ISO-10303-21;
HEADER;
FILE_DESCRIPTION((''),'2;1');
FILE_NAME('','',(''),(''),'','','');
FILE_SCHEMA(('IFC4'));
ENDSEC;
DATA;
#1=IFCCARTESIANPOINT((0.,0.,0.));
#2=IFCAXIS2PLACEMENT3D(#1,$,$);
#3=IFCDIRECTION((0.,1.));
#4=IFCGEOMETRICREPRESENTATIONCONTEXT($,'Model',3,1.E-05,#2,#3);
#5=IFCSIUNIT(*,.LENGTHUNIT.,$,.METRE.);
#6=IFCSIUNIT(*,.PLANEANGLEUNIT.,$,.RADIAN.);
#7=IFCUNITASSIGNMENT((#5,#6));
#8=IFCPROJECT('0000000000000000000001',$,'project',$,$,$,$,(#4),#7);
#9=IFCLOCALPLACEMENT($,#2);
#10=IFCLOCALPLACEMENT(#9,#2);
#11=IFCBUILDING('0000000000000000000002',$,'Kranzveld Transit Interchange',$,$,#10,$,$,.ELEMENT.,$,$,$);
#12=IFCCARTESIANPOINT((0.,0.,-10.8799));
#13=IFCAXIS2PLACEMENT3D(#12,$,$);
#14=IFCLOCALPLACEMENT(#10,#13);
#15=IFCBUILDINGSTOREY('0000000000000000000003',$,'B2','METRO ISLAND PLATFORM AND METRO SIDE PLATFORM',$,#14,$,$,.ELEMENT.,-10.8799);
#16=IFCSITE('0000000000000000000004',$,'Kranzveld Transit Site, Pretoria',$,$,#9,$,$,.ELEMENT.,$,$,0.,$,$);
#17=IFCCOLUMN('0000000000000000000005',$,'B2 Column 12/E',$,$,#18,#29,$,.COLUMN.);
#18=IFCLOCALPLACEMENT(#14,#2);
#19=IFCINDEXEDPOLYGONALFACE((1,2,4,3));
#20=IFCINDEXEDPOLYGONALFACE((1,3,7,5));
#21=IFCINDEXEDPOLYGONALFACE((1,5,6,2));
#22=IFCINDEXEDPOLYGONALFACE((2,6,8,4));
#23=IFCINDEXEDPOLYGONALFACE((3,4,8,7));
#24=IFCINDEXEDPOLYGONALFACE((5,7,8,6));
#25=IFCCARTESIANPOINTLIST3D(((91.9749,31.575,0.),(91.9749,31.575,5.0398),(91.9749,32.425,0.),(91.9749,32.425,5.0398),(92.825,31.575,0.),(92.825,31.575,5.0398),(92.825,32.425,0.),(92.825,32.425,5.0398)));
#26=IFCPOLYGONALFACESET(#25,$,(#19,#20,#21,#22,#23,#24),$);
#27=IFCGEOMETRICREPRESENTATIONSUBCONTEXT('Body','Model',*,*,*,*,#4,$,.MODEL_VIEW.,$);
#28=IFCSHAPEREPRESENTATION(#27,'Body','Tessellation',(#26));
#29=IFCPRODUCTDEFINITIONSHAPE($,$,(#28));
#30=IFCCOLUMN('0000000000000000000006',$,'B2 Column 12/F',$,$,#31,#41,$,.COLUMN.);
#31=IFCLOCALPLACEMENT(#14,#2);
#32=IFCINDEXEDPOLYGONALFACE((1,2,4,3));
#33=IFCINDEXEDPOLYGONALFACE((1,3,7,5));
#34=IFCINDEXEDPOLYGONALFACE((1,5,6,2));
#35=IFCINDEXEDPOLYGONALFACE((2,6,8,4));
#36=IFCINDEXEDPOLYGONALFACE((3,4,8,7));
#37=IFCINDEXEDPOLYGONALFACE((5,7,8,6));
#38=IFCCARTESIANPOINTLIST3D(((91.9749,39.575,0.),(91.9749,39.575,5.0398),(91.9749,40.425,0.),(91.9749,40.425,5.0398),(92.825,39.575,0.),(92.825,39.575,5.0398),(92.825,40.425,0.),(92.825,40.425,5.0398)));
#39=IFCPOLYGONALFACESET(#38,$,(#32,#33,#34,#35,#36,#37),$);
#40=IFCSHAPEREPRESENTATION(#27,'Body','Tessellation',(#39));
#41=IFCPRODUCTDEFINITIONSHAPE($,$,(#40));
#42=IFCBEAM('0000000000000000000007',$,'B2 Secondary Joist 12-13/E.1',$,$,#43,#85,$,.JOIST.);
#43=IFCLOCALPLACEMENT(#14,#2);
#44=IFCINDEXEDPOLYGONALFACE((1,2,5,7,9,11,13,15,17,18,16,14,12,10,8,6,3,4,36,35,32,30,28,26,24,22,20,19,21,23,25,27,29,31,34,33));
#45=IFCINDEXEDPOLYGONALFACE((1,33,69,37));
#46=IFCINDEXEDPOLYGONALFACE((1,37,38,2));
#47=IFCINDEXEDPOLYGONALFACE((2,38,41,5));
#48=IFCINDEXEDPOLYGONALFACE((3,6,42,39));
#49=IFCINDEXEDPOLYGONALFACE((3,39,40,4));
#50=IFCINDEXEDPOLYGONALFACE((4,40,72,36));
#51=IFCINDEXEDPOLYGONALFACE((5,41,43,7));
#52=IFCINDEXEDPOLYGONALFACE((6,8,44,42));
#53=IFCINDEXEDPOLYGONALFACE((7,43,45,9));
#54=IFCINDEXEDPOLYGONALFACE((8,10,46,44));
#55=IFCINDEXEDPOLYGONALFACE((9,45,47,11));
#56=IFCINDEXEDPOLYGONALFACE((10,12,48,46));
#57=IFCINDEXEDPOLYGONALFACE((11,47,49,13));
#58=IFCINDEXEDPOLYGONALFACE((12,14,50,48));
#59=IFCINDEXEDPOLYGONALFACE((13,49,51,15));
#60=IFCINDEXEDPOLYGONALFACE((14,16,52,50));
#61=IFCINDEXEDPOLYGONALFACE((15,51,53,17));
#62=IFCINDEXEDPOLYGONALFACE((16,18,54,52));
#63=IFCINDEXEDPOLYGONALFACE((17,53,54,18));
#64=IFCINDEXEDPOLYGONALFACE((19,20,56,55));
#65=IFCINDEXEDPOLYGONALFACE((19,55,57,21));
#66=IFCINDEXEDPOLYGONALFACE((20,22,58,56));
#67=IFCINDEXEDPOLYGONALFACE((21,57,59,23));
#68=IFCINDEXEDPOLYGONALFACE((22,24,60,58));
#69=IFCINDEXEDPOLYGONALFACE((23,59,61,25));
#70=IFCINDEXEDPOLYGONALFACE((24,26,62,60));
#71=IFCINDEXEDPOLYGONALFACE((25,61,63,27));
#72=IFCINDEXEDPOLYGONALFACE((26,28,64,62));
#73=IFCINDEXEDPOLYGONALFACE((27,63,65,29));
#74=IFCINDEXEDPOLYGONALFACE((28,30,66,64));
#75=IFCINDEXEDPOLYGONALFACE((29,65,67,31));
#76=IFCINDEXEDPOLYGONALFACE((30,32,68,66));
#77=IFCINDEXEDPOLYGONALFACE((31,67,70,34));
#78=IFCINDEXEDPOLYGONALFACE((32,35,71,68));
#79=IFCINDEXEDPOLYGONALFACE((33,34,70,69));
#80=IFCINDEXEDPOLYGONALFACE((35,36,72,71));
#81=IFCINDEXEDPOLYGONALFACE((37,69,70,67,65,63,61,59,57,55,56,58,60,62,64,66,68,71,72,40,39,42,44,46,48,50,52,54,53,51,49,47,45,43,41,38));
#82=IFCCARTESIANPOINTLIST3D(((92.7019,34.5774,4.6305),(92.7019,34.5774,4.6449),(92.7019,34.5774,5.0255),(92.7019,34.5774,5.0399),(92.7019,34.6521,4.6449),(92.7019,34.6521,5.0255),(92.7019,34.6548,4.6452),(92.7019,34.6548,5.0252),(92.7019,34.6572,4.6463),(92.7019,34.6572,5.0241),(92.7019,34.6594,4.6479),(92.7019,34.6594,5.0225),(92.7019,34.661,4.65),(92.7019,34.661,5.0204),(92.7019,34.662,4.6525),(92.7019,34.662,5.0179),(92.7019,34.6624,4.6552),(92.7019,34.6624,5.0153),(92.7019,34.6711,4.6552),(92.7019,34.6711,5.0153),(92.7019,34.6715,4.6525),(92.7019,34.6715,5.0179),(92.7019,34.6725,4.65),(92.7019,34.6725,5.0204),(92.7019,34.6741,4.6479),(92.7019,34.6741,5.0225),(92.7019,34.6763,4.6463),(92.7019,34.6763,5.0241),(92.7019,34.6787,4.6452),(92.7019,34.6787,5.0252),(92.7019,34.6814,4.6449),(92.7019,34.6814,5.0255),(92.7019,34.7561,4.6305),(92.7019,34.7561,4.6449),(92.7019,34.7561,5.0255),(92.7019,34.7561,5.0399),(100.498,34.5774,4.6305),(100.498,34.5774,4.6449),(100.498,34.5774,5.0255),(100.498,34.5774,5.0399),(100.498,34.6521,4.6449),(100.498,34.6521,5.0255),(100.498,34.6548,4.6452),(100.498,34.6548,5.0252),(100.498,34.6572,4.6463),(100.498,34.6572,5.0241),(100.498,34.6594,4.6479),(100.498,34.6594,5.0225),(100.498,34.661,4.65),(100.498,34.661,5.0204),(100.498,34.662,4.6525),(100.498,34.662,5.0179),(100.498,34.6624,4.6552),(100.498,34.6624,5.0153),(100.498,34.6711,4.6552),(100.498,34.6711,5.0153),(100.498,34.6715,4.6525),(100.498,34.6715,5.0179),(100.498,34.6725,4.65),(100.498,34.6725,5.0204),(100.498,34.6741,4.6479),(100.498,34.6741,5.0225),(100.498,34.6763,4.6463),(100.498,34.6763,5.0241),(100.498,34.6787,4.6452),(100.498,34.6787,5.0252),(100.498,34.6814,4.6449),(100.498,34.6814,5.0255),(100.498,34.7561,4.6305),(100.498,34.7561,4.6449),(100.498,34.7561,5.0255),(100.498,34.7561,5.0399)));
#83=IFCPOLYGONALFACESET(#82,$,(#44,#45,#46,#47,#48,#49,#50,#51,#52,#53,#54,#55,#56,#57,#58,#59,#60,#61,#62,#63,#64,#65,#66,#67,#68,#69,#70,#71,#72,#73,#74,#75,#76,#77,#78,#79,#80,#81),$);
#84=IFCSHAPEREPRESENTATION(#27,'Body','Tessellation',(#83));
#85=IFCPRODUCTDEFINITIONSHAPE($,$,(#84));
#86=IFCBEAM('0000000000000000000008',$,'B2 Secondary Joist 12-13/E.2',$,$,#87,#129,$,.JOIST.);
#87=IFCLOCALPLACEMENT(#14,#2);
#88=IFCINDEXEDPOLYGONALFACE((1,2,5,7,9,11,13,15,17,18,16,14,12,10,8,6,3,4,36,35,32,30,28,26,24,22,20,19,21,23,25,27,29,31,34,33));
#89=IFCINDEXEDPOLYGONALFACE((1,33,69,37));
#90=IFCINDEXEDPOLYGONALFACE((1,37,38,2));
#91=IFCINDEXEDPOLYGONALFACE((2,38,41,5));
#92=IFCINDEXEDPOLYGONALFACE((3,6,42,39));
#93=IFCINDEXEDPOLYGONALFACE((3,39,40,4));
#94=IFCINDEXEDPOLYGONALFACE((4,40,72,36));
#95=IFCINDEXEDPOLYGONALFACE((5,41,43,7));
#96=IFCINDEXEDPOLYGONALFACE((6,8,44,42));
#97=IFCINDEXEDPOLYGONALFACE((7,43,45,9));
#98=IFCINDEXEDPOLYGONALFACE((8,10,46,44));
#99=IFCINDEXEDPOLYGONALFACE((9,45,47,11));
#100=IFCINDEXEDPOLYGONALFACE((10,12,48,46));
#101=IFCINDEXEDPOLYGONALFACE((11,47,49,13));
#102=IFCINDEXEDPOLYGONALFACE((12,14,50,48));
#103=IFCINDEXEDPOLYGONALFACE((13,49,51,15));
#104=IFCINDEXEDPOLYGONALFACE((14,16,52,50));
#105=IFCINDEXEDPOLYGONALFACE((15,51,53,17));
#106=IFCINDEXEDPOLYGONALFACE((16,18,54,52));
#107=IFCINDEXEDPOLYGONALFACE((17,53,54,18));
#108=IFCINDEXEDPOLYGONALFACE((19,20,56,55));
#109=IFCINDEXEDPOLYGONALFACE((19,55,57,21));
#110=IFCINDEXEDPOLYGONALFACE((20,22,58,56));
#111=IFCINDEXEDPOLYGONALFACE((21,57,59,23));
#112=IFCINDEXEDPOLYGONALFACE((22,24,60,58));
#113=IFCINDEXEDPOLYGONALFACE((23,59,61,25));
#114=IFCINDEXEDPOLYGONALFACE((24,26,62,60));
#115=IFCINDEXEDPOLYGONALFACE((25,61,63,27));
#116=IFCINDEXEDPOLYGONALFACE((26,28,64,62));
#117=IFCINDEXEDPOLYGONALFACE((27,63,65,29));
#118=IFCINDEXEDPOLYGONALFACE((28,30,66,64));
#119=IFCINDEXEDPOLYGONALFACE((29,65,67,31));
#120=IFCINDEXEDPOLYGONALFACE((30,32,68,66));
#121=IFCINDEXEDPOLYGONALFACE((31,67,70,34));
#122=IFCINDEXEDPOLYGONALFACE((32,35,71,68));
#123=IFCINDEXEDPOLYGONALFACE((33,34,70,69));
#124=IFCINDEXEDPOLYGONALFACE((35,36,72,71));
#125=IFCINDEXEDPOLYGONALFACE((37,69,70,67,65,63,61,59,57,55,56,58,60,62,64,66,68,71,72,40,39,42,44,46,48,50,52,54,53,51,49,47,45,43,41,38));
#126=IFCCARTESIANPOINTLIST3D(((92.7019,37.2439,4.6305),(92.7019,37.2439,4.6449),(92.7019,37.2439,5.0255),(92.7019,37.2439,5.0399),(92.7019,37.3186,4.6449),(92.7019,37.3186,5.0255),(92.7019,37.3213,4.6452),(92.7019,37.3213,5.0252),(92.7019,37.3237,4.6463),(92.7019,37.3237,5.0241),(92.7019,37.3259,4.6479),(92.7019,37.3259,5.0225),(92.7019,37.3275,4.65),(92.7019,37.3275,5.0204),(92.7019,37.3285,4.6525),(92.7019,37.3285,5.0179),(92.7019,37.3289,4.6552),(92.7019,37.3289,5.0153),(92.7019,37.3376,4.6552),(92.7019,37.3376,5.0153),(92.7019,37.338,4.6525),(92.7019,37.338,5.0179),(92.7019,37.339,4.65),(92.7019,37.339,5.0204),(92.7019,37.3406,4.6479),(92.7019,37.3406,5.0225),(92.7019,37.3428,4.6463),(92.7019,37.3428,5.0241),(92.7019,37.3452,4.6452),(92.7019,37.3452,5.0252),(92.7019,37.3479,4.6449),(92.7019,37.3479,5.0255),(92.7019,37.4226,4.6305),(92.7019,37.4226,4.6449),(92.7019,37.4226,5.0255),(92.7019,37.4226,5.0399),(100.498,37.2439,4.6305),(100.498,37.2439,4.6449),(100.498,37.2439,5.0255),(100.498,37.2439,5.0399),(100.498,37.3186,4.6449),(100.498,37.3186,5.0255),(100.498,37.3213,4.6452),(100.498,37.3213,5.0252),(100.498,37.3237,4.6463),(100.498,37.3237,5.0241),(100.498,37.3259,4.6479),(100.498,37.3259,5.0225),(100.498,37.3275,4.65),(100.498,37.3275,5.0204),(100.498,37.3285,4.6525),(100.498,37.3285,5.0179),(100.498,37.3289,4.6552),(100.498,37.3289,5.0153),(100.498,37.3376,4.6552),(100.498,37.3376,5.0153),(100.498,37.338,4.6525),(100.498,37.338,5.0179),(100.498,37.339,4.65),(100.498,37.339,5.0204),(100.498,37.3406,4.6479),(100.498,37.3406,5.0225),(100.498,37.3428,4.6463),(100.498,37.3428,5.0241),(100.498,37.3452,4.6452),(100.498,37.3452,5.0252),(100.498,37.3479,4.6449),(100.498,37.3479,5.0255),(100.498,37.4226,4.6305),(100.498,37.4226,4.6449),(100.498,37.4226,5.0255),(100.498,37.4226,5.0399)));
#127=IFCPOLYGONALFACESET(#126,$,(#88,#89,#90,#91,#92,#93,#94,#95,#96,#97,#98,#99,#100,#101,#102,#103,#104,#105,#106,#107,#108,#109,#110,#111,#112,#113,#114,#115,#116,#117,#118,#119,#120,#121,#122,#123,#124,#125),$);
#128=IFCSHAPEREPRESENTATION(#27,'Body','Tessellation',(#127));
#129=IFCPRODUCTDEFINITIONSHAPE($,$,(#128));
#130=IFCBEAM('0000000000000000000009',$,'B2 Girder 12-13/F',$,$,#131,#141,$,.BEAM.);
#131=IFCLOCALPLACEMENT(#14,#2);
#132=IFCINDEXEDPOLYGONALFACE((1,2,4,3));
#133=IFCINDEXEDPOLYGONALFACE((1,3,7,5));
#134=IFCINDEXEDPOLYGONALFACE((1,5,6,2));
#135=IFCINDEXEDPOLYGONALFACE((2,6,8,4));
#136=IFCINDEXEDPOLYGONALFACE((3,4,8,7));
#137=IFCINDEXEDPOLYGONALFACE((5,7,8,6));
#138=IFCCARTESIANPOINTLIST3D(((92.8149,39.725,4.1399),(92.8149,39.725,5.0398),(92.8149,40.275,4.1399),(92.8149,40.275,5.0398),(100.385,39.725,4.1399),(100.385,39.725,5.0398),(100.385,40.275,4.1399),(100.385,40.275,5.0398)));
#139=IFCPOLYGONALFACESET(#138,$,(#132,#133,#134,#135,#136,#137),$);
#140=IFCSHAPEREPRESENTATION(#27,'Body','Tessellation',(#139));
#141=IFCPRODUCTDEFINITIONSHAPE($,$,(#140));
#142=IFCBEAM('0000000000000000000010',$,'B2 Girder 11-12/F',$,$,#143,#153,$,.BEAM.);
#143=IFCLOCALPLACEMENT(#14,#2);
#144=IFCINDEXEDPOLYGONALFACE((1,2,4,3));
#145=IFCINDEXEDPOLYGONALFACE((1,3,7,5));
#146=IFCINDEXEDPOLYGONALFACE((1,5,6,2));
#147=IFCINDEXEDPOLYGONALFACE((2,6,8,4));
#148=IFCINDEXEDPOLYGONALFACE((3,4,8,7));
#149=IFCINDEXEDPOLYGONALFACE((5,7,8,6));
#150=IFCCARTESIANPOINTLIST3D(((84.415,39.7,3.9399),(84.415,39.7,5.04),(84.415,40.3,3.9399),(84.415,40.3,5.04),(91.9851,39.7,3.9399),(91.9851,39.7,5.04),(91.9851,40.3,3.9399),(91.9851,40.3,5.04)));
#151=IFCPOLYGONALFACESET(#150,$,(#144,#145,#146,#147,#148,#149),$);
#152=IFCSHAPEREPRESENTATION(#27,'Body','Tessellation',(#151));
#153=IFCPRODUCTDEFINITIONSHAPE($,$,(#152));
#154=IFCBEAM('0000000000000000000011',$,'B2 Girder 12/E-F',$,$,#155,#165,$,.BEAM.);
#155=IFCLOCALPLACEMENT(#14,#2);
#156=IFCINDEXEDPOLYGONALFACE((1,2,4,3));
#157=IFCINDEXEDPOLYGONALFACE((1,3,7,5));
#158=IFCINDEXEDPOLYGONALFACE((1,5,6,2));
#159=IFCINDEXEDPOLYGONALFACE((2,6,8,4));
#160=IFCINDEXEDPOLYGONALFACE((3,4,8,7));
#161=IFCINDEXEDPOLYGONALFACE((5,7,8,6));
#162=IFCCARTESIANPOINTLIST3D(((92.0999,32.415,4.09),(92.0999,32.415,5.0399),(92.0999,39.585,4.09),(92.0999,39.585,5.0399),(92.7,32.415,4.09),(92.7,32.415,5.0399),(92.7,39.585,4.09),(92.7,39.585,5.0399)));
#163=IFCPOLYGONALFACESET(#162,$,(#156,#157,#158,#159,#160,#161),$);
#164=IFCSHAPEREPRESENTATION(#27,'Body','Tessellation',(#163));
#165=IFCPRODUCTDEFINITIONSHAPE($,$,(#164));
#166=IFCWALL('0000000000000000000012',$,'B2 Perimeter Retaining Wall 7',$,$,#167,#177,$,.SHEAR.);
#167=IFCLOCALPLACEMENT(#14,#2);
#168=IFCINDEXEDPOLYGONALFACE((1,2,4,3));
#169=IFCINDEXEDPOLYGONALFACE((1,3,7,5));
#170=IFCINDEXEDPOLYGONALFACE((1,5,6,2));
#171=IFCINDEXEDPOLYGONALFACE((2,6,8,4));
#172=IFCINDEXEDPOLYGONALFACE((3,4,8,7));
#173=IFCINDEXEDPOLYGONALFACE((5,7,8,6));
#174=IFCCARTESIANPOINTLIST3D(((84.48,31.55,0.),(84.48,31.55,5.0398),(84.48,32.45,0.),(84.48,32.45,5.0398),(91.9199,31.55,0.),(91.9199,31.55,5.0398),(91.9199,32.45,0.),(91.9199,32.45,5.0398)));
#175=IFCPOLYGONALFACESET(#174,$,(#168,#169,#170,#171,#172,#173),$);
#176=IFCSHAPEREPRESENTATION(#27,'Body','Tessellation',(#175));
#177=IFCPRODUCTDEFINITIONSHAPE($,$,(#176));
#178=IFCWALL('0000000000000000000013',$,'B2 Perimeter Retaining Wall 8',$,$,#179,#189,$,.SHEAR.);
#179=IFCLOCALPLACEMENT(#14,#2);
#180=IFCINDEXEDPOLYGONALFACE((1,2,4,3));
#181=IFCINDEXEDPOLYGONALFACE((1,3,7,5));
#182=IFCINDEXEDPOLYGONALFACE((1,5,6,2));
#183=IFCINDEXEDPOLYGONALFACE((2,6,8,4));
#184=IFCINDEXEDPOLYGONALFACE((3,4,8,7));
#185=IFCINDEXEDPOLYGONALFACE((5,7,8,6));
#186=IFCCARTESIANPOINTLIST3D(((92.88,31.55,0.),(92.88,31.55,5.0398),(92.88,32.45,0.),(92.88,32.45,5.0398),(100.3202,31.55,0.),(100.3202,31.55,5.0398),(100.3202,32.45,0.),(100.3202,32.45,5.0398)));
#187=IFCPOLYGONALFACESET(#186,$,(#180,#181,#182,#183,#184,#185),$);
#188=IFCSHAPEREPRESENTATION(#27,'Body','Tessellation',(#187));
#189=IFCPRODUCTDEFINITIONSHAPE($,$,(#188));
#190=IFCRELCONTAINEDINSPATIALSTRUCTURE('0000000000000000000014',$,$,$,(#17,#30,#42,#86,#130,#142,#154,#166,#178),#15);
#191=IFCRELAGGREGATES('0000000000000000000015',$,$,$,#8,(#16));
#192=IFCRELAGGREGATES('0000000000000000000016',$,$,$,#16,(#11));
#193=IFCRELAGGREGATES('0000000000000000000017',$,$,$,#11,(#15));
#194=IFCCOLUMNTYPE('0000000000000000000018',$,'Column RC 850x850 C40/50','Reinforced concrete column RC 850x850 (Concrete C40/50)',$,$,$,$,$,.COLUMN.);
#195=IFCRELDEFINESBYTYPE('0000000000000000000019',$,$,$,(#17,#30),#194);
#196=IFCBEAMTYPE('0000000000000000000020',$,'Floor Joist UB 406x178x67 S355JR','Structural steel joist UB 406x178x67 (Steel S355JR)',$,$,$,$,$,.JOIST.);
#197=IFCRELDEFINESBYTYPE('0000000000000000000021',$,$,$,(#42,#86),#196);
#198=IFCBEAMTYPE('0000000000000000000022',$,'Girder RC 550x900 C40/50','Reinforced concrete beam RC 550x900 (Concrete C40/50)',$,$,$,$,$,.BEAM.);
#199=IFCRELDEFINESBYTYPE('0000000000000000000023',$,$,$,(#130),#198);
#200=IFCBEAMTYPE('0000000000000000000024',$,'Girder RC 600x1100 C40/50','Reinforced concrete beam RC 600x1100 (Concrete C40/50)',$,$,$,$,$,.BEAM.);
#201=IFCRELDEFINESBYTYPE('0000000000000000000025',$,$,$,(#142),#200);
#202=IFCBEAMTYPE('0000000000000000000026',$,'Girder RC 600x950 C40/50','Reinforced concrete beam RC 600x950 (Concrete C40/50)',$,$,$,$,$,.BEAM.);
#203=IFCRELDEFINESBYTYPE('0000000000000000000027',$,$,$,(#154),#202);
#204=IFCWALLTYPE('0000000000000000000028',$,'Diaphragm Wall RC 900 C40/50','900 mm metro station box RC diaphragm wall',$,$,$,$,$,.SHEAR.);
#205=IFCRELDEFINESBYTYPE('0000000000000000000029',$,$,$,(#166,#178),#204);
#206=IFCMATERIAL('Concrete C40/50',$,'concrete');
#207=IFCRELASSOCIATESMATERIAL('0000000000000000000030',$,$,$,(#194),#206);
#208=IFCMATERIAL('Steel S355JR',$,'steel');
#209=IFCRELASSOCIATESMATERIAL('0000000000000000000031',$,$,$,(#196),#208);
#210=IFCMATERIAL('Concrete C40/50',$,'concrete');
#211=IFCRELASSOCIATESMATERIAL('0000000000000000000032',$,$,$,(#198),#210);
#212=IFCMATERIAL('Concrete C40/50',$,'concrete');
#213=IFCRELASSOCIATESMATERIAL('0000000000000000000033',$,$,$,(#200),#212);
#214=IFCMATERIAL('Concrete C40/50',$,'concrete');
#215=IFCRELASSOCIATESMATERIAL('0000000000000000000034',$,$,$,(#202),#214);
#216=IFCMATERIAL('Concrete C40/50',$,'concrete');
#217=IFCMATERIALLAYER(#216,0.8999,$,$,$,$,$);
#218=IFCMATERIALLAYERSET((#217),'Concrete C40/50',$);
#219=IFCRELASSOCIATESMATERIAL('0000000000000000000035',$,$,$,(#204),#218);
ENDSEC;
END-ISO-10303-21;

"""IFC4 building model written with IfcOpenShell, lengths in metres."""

from ifc_helpers import new_model, si_unit, direction, frame, frame_2d, origin, origin_2d, place, context, subcontext, project, spatial, rectangle, i_section, extrude, material, layer, layer_set, material_profile, profile_set, type_object, element, save


model = new_model("IFC4")

# Units and contexts
model_context = context("Model", 3, precision=1e-05, world=origin(), true_north=direction((0.0, 1.0)))
body_context = subcontext(model_context, "Body", "Model", "MODEL_VIEW")
ifc_project = project(units=[si_unit("LENGTHUNIT", "METRE"), si_unit("PLANEANGLEUNIT", "RADIAN")], contexts=[model_context])

# Site, building, storey
site_placement = place(None, origin())
site = spatial("IfcSite", under=ifc_project, at=site_placement, Name="Kranzveld Transit Site, Pretoria", CompositionType="ELEMENT", RefElevation=0.0)
building_placement = place(site_placement, origin())
building = spatial("IfcBuilding", under=site, at=building_placement, Name="Kranzveld Transit Interchange", CompositionType="ELEMENT")
storey_placement = place(building_placement, frame((0.0, 0.0, -10.8799)))
storey = spatial("IfcBuildingStorey", under=building, at=storey_placement, Name="B2", Description="METRO ISLAND PLATFORM AND METRO SIDE PLATFORM", CompositionType="ELEMENT", Elevation=-10.8799)

# Columns
ifc_material_1 = material(Name="Concrete C40/50", Category="concrete")
ifc_material_profile_1 = material_profile(ifc_material_1, rectangle(XDim=0.8501, YDim=0.8501, at=origin_2d()), Name="RC 850x850")
ifc_profile_set_1 = profile_set([ifc_material_profile_1], Name="Concrete C40/50")
column_type = type_object("IfcColumnType", Name="Column RC 850x850 C40/50", Description="Reinforced concrete column RC 850x850 (Concrete C40/50)", PredefinedType="COLUMN", material=ifc_profile_set_1)
for number, where, z_axis, x_axis, name in (
    (1, (92.3999, 32.0, 0.0), (0.0, 0.0, 1.0), (1.0, 0.0, 0.0), "B2 Column 12/E"),
    (2, (92.3999, 40.0, 0.0), (0.0, 0.0, 1.0), (1.0, 0.0, 0.0), "B2 Column 12/F"),
):
    element("IfcColumn", number, at=place(storey_placement, frame(where, z_axis=z_axis, x_axis=x_axis)), inside=storey, type_object=column_type, Name=name, PredefinedType="COLUMN", context=body_context, shape_type="SweptSolid", body=[
        extrude(rectangle(XDim=0.8501, YDim=0.8501, at=origin_2d()), origin(), (0.0, 0.0, 1.0), 5.0398),
    ])

# Beams
ifc_material_2 = material(Name="Steel S355JR", Category="steel")
ifc_material_profile_2 = material_profile(ifc_material_2, i_section(OverallWidth=0.1787, OverallDepth=0.4094, WebThickness=0.0088, FlangeThickness=0.0144, FilletRadius=0.0103, at=origin_2d()), Name="UB 406x178x67")
ifc_profile_set_2 = profile_set([ifc_material_profile_2], Name="Steel S355JR")
beam_type_1 = type_object("IfcBeamType", Name="Floor Joist UB 406x178x67 S355JR", Description="Structural steel joist UB 406x178x67 (Steel S355JR)", PredefinedType="JOIST", material=ifc_profile_set_2)
for number, where, z_axis, x_axis, name in (
    (3, (92.7019, 34.6667, 4.8352), (1.0, 0.0, 0.0), (0.0, 1.0, 0.0), "B2 Secondary Joist 12-13/E.1"),
    (4, (92.7019, 37.3333, 4.8352), (1.0, 0.0, 0.0), (0.0, 1.0, 0.0), "B2 Secondary Joist 12-13/E.2"),
):
    element("IfcBeam", number, at=place(storey_placement, frame(where, z_axis=z_axis, x_axis=x_axis)), inside=storey, type_object=beam_type_1, Name=name, PredefinedType="JOIST", context=body_context, shape_type="SweptSolid", body=[
        extrude(i_section(OverallWidth=0.1787, OverallDepth=0.4094, WebThickness=0.0088, FlangeThickness=0.0144, FilletRadius=0.0103, at=origin_2d()), origin(), (0.0, 0.0, 1.0), 7.7961),
    ])
ifc_material_3 = material(Name="Concrete C40/50", Category="concrete")
ifc_material_profile_3 = material_profile(ifc_material_3, rectangle(XDim=0.55, YDim=0.8999, at=origin_2d()), Name="RC 550x900")
ifc_profile_set_3 = profile_set([ifc_material_profile_3], Name="Concrete C40/50")
beam_type_2 = type_object("IfcBeamType", Name="Girder RC 550x900 C40/50", Description="Reinforced concrete beam RC 550x900 (Concrete C40/50)", PredefinedType="BEAM", material=ifc_profile_set_3)
beam_1_placement = place(storey_placement, frame((92.8149, 40.0, 4.5898), z_axis=(1.0, 0.0, 0.0), x_axis=(0.0, 1.0, 0.0)))
element("IfcBeam", 5, at=beam_1_placement, inside=storey, type_object=beam_type_2, Name="B2 Girder 12-13/F", PredefinedType="BEAM", context=body_context, shape_type="SweptSolid", body=[
    extrude(rectangle(XDim=0.55, YDim=0.8999, at=origin_2d()), origin(), (0.0, 0.0, 1.0), 7.5701),
])
ifc_material_4 = material(Name="Concrete C40/50", Category="concrete")
ifc_material_profile_4 = material_profile(ifc_material_4, rectangle(XDim=0.6001, YDim=1.1001, at=origin_2d()), Name="RC 600x1100")
ifc_profile_set_4 = profile_set([ifc_material_profile_4], Name="Concrete C40/50")
beam_type_3 = type_object("IfcBeamType", Name="Girder RC 600x1100 C40/50", Description="Reinforced concrete beam RC 600x1100 (Concrete C40/50)", PredefinedType="BEAM", material=ifc_profile_set_4)
beam_2_placement = place(storey_placement, frame((84.415, 40.0, 4.49), z_axis=(1.0, 0.0, 0.0), x_axis=(0.0, 1.0, 0.0)))
element("IfcBeam", 6, at=beam_2_placement, inside=storey, type_object=beam_type_3, Name="B2 Girder 11-12/F", PredefinedType="BEAM", context=body_context, shape_type="SweptSolid", body=[
    extrude(rectangle(XDim=0.6001, YDim=1.1001, at=origin_2d()), origin(), (0.0, 0.0, 1.0), 7.5701),
])
ifc_material_5 = material(Name="Concrete C40/50", Category="concrete")
ifc_material_profile_5 = material_profile(ifc_material_5, rectangle(XDim=0.6001, YDim=0.95, at=origin_2d()), Name="RC 600x950")
ifc_profile_set_5 = profile_set([ifc_material_profile_5], Name="Concrete C40/50")
beam_type_4 = type_object("IfcBeamType", Name="Girder RC 600x950 C40/50", Description="Reinforced concrete beam RC 600x950 (Concrete C40/50)", PredefinedType="BEAM", material=ifc_profile_set_5)
beam_3_placement = place(storey_placement, frame((92.3999, 32.415, 4.5649), z_axis=(0.0, 1.0, 0.0), x_axis=(-1.0, 0.0, 0.0)))
element("IfcBeam", 7, at=beam_3_placement, inside=storey, type_object=beam_type_4, Name="B2 Girder 12/E-F", PredefinedType="BEAM", context=body_context, shape_type="SweptSolid", body=[
    extrude(rectangle(XDim=0.6001, YDim=0.95, at=origin_2d()), origin(), (0.0, 0.0, 1.0), 7.1699),
])

# Walls
ifc_material_6 = material(Name="Concrete C40/50", Category="concrete")
ifc_layer = layer(ifc_material_6, 0.8999)
ifc_layer_set = layer_set([ifc_layer], Name="Concrete C40/50")
wall_type = type_object("IfcWallType", Name="Diaphragm Wall RC 900 C40/50", Description="900 mm metro station box RC diaphragm wall", PredefinedType="SHEAR", material=ifc_layer_set)
wall_1_placement = place(storey_placement, frame((84.48, 32.0, 0.0), z_axis=(0.0, 0.0, 1.0), x_axis=(1.0, 0.0, 0.0)))
element("IfcWall", 8, at=wall_1_placement, inside=storey, type_object=wall_type, Name="B2 Perimeter Retaining Wall 7", PredefinedType="SHEAR", context=body_context, shape_type="SweptSolid", body=[
    extrude(rectangle(XDim=7.4399, YDim=0.8999, at=frame_2d((3.72, 0.0))), origin(), (0.0, 0.0, 1.0), 5.0398),
])
wall_2_placement = place(storey_placement, frame((92.8799, 32.0, 0.0), z_axis=(0.0, 0.0, 1.0), x_axis=(1.0, 0.0, 0.0)))
element("IfcWall", 9, at=wall_2_placement, inside=storey, type_object=wall_type, Name="B2 Perimeter Retaining Wall 8", PredefinedType="SHEAR", context=body_context, shape_type="SweptSolid", body=[
    extrude(rectangle(XDim=7.4402, YDim=0.8999, at=frame_2d((3.7202, 0.0))), origin(), (0.0, 0.0, 1.0), 5.0398),
])

save(model, "model.ifc")
